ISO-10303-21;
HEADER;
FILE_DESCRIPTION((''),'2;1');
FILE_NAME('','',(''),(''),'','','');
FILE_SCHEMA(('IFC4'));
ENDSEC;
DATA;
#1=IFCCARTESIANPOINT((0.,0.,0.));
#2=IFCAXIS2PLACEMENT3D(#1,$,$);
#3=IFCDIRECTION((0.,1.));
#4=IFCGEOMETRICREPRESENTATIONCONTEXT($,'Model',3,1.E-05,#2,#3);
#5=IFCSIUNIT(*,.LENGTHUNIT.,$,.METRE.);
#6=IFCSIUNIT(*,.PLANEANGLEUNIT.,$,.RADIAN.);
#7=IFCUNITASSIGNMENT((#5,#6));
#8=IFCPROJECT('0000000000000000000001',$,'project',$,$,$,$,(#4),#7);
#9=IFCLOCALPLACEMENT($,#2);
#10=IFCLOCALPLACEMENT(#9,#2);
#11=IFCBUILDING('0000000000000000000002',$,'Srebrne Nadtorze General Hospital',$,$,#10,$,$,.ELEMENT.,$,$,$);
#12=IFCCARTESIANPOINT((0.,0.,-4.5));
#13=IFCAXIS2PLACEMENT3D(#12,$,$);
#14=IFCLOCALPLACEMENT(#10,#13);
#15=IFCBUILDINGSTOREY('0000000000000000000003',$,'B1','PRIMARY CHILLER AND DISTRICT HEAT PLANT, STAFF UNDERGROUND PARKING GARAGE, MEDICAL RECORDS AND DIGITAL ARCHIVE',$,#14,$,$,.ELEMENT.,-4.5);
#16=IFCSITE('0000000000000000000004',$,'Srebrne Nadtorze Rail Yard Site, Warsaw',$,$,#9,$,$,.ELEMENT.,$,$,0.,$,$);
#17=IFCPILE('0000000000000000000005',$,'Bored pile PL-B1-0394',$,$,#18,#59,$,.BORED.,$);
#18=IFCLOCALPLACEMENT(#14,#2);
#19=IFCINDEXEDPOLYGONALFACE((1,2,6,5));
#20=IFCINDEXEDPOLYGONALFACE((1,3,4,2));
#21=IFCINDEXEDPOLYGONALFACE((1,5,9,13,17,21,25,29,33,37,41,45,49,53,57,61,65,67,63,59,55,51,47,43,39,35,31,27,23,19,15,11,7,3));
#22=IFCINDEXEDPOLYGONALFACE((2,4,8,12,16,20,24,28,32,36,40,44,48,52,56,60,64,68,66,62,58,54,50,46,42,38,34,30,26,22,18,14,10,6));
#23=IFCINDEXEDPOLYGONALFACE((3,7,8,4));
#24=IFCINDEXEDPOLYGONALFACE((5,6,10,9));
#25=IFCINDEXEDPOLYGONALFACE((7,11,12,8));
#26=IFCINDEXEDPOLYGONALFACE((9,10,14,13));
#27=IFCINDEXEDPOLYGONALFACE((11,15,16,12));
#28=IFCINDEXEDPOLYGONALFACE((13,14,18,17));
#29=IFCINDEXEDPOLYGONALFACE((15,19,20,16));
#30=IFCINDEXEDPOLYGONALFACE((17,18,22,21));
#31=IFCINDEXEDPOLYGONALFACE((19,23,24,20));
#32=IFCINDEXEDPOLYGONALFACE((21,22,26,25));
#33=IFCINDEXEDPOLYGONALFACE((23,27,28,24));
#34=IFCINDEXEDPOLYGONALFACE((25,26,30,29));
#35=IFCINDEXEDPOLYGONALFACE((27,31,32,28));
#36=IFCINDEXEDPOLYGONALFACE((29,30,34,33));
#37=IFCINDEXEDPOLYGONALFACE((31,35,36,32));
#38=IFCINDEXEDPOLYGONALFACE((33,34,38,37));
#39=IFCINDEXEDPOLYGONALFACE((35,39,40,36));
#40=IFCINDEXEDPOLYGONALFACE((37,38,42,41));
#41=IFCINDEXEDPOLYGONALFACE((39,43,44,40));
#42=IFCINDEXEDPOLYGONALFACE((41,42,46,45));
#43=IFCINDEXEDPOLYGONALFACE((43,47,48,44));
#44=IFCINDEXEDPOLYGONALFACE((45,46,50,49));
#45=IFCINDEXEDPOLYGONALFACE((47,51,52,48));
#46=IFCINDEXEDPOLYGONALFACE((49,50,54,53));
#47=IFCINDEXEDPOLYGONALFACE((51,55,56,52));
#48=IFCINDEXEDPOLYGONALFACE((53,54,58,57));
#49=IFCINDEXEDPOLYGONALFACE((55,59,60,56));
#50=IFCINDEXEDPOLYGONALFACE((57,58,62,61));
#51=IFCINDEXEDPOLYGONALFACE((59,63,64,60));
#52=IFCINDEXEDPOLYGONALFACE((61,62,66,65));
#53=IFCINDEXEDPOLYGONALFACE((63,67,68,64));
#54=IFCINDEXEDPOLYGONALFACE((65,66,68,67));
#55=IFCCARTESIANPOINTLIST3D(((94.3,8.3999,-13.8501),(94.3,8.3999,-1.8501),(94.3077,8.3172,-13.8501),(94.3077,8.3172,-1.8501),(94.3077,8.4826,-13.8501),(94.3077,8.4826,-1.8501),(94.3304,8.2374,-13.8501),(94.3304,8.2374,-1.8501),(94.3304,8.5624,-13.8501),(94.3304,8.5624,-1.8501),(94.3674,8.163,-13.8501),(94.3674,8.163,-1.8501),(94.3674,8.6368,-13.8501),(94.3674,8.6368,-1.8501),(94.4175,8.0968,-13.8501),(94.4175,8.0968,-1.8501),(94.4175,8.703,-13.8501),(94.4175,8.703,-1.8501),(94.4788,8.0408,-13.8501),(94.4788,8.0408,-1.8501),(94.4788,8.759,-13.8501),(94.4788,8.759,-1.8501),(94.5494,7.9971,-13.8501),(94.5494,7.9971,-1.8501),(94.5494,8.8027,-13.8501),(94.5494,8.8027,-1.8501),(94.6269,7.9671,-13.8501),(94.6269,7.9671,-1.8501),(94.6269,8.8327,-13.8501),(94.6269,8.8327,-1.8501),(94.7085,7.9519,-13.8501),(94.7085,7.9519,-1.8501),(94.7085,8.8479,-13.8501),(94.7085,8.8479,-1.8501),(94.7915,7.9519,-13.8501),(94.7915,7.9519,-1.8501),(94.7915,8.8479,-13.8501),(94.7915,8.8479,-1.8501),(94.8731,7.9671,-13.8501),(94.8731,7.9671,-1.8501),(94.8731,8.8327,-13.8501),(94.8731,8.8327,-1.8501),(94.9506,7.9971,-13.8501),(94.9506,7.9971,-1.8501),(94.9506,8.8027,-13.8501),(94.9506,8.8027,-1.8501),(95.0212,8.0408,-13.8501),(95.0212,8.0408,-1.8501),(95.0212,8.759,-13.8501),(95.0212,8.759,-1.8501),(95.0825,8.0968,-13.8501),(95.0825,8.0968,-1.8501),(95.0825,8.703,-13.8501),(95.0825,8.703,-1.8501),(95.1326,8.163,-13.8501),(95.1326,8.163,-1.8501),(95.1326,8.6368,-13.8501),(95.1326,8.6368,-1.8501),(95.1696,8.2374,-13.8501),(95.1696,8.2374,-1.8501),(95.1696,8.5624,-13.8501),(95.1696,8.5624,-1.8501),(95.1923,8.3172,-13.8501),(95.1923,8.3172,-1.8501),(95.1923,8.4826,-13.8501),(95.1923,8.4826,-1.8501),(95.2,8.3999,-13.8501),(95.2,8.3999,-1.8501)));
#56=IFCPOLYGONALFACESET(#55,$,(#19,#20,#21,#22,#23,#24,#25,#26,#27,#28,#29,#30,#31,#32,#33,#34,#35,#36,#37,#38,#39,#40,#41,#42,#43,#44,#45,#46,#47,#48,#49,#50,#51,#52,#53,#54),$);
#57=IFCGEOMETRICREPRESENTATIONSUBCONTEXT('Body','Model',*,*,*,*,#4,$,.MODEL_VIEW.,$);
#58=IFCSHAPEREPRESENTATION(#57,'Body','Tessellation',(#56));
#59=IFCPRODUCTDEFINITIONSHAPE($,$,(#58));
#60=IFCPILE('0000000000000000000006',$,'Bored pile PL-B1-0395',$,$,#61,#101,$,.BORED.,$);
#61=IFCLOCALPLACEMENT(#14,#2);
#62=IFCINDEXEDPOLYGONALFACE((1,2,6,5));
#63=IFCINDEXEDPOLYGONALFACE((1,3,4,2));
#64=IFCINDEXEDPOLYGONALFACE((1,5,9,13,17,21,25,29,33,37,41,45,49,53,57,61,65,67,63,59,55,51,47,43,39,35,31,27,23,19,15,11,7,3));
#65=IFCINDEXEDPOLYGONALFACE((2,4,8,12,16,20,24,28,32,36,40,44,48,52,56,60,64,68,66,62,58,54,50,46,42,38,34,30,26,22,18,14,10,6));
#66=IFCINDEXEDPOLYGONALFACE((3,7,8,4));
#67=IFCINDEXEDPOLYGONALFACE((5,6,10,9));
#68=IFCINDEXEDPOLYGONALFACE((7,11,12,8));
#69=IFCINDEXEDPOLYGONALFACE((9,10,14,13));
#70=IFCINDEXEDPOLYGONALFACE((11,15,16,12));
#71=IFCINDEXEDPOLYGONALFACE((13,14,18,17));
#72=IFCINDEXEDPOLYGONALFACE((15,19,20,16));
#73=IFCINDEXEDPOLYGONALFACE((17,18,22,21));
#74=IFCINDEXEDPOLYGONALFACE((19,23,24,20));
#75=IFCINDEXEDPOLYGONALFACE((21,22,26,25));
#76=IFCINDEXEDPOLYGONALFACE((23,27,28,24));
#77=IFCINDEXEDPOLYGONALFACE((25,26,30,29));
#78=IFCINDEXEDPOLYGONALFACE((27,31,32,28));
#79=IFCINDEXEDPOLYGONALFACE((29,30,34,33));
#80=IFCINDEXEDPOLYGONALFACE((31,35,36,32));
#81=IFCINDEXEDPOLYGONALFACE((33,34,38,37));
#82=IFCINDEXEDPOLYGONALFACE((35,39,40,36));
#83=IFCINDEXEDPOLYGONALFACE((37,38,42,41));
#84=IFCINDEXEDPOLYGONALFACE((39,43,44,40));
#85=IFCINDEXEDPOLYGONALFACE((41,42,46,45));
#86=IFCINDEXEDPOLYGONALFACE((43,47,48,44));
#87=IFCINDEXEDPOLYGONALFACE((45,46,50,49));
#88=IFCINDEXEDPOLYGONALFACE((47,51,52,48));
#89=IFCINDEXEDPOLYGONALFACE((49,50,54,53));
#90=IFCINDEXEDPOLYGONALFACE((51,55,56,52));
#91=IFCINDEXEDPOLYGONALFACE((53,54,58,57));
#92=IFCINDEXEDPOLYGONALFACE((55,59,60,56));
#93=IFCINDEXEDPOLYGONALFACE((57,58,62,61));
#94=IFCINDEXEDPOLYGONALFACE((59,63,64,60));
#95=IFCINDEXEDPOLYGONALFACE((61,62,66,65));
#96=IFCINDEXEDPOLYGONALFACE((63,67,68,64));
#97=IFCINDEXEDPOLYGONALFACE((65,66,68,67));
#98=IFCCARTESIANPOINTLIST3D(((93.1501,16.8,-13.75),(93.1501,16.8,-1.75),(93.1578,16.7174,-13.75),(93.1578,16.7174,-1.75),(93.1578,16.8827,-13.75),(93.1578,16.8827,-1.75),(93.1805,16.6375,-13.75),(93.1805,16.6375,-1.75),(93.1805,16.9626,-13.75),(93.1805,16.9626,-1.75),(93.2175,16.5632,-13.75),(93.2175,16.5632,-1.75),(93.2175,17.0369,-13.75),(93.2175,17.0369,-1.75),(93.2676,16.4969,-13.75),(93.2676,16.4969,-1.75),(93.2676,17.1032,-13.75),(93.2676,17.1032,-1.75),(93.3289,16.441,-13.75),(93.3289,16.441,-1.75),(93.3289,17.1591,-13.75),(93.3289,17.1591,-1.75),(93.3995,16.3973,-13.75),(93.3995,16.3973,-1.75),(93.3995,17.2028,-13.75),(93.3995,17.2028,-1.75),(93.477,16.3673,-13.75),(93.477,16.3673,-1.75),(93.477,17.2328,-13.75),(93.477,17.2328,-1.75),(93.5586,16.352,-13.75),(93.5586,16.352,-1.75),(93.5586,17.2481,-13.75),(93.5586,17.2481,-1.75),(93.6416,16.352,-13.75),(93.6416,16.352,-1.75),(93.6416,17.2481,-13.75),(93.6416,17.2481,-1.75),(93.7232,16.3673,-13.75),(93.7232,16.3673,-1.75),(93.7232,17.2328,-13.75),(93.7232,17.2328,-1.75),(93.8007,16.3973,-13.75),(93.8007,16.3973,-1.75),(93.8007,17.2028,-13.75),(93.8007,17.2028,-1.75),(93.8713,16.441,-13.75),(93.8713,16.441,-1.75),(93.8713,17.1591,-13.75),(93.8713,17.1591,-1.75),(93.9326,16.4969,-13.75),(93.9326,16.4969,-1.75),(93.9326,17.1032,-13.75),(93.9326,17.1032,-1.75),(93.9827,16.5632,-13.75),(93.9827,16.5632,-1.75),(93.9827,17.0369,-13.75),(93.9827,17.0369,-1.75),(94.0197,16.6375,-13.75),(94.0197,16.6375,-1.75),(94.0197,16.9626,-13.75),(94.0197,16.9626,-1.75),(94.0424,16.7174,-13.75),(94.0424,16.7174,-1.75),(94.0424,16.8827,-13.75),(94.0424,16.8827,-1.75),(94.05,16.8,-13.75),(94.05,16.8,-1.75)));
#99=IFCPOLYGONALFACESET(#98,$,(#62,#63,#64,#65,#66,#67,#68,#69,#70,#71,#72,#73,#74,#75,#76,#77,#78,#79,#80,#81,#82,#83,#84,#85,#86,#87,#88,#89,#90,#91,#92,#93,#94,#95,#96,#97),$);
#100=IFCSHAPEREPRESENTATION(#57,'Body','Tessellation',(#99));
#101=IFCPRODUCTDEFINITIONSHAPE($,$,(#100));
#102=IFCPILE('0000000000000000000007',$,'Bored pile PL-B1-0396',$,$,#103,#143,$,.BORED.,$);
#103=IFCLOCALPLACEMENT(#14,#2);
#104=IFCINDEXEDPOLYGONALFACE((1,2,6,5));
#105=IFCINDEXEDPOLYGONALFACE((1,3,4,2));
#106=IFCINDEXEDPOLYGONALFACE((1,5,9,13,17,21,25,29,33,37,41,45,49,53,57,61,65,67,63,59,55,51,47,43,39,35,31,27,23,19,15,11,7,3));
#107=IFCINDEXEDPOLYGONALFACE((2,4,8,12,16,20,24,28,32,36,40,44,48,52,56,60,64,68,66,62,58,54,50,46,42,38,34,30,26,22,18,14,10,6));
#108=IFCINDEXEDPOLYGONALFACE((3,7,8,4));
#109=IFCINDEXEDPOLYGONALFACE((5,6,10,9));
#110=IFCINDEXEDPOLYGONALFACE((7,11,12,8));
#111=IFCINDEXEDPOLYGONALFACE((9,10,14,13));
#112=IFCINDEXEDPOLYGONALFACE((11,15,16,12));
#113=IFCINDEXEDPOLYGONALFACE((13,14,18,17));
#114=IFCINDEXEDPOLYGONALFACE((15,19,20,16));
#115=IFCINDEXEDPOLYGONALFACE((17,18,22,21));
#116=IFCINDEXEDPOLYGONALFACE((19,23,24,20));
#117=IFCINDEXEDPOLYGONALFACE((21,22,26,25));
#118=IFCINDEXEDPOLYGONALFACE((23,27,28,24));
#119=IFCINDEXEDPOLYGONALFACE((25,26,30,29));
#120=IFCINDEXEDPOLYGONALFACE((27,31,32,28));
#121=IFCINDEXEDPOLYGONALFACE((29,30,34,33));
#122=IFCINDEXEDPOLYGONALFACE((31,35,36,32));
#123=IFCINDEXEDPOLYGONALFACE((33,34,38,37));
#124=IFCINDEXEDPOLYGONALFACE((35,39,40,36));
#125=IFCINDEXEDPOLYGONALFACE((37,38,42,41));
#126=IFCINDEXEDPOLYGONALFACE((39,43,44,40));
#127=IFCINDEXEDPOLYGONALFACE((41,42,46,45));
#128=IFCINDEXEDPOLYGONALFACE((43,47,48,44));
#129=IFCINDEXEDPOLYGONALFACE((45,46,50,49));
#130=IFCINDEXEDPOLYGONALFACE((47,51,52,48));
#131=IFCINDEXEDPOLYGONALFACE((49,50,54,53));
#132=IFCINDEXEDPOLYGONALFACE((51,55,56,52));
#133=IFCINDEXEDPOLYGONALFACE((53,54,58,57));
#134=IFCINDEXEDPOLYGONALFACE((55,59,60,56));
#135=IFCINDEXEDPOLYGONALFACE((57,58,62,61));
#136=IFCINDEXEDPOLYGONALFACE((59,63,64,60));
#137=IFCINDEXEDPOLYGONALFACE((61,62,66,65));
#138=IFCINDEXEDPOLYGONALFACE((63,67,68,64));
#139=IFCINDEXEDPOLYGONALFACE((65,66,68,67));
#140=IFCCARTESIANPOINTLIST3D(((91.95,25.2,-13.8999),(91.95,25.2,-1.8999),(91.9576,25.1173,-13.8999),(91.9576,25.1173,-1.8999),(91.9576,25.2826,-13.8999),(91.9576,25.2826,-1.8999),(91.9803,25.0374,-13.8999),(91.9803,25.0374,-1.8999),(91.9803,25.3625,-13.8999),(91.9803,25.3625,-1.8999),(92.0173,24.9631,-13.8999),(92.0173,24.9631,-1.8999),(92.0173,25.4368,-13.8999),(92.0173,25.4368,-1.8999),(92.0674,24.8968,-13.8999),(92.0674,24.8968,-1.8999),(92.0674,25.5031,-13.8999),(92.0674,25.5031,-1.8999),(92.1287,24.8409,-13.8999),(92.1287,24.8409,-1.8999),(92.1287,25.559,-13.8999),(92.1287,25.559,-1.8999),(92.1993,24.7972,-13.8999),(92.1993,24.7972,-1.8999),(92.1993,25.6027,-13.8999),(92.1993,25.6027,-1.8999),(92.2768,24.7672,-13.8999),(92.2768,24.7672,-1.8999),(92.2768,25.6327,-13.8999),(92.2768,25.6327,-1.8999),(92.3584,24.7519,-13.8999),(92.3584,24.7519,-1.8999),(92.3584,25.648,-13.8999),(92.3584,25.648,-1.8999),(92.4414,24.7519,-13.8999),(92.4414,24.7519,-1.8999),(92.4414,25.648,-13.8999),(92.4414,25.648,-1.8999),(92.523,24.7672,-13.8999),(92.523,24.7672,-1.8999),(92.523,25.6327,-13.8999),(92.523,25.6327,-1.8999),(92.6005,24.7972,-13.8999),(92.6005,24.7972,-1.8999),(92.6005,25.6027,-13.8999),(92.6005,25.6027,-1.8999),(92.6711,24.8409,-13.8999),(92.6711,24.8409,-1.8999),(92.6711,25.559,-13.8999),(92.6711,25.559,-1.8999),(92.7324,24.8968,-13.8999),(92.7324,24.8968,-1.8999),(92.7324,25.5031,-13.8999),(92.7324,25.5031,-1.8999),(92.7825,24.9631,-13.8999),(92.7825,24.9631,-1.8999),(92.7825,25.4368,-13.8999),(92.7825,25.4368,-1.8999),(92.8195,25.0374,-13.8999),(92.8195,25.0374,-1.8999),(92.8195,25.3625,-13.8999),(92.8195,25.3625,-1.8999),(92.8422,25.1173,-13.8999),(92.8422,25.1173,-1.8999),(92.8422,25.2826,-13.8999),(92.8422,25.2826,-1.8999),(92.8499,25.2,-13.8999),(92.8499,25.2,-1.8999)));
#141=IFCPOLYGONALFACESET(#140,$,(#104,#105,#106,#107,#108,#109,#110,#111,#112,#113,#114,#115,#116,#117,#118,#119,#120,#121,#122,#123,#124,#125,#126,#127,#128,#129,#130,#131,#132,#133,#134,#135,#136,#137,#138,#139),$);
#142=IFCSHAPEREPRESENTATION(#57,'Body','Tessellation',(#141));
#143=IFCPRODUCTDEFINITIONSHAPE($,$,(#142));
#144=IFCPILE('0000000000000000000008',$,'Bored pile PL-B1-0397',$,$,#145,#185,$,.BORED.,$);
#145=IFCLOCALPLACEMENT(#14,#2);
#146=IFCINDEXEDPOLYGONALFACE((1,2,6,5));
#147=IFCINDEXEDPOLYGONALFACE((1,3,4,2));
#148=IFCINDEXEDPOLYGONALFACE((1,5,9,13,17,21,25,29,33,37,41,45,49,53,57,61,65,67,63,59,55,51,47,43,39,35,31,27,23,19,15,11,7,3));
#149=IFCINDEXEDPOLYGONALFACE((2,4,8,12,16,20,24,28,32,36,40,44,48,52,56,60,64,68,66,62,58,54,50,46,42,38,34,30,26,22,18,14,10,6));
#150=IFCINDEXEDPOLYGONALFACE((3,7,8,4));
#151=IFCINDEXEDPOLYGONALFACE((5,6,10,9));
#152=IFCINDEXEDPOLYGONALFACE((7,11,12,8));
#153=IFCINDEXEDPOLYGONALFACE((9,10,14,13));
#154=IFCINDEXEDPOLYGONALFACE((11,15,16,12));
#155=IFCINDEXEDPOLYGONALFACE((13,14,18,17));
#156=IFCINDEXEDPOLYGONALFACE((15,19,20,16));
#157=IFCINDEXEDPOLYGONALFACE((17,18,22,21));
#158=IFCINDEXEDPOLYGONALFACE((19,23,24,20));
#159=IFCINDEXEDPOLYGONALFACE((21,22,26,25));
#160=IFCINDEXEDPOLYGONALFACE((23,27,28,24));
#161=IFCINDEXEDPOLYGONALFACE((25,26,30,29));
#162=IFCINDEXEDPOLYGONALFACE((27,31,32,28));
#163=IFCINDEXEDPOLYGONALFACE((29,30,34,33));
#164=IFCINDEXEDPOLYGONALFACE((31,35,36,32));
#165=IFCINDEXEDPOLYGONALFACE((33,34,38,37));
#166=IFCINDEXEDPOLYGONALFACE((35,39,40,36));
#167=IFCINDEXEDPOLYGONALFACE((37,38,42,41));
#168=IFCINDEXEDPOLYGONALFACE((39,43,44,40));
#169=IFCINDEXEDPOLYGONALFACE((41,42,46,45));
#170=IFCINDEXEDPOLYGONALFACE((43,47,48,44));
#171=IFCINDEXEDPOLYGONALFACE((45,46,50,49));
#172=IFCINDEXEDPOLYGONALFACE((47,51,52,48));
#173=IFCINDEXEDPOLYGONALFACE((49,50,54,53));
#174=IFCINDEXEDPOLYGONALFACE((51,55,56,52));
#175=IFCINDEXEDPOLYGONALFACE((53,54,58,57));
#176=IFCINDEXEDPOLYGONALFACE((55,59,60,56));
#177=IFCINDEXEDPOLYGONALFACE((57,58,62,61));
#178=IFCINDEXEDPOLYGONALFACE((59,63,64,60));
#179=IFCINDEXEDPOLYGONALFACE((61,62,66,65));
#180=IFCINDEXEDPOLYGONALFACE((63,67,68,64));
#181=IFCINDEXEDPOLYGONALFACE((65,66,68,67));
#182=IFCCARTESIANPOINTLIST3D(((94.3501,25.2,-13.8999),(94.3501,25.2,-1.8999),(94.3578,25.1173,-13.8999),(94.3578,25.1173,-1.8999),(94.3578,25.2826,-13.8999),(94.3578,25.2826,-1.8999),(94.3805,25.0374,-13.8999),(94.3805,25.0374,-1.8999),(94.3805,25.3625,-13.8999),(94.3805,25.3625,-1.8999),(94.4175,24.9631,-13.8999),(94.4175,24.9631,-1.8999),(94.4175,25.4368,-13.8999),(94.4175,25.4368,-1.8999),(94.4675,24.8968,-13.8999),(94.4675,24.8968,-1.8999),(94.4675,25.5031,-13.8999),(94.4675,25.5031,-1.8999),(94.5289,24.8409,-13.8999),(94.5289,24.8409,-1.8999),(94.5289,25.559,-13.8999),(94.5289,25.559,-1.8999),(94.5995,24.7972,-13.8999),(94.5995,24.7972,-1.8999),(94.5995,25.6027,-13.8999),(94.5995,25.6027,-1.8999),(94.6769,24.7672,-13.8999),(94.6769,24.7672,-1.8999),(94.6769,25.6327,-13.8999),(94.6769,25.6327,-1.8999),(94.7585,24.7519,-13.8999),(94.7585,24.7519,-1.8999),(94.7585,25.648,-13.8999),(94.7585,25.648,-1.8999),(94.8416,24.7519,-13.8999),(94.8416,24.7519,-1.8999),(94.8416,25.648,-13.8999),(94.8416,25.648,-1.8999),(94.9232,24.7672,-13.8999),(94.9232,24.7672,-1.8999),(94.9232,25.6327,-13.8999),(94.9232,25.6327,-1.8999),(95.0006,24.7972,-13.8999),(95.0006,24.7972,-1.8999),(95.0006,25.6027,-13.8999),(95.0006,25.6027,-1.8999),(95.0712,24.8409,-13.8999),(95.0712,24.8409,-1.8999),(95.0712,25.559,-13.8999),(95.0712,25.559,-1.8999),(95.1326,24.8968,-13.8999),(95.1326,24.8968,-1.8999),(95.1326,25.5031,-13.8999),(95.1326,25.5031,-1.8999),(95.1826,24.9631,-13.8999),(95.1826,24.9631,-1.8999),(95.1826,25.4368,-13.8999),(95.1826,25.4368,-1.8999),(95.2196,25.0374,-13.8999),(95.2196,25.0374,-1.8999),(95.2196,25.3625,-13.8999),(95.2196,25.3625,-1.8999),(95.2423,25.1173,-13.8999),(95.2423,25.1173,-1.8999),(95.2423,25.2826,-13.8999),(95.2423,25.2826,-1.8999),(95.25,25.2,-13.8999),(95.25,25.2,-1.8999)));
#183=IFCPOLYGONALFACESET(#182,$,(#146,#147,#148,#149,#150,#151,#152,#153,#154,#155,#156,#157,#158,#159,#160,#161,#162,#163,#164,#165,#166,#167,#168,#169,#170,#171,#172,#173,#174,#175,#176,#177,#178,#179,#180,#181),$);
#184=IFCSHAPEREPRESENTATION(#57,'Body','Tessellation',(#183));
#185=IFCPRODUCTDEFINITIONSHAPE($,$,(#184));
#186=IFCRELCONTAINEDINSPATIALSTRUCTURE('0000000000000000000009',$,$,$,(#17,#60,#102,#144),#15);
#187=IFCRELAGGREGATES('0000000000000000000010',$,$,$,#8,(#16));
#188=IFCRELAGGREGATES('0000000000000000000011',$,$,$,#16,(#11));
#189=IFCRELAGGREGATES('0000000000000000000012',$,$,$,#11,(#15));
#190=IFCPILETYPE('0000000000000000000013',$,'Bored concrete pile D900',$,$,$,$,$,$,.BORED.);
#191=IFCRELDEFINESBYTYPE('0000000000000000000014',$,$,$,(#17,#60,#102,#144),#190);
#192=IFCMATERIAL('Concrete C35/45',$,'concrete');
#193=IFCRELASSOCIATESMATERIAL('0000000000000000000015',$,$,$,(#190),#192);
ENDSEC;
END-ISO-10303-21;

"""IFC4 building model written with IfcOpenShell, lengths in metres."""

from ifc_helpers import new_model, si_unit, direction, frame, origin, origin_2d, place, context, subcontext, project, spatial, circle, extrude, material, material_profile, profile_set, type_object, element, save


model = new_model("IFC4")

# Units and contexts
model_context = context("Model", 3, precision=1e-05, world=origin(), true_north=direction((0.0, 1.0)))
body_context = subcontext(model_context, "Body", "Model", "MODEL_VIEW")
ifc_project = project(units=[si_unit("LENGTHUNIT", "METRE"), si_unit("PLANEANGLEUNIT", "RADIAN")], contexts=[model_context])

# Site, building, storey
site_placement = place(None, origin())
site = spatial("IfcSite", under=ifc_project, at=site_placement, Name="Srebrne Nadtorze Rail Yard Site, Warsaw", CompositionType="ELEMENT", RefElevation=0.0)
building_placement = place(site_placement, origin())
building = spatial("IfcBuilding", under=site, at=building_placement, Name="Srebrne Nadtorze General Hospital", CompositionType="ELEMENT")
storey_placement = place(building_placement, frame((0.0, 0.0, -4.5)))
storey = spatial("IfcBuildingStorey", under=building, at=storey_placement, Name="B1", Description="PRIMARY CHILLER AND DISTRICT HEAT PLANT, STAFF UNDERGROUND PARKING GARAGE, MEDICAL RECORDS AND DIGITAL ARCHIVE", CompositionType="ELEMENT", Elevation=-4.5)

# Piles
ifc_material_1 = material(Name="Concrete C35/45", Category="concrete")
ifc_material_profile_1 = material_profile(ifc_material_1, circle(Radius=0.45, at=origin_2d()), Name="PILE-D900")
ifc_profile_set_1 = profile_set([ifc_material_profile_1], Name="Concrete C35/45")
pile_type_1 = type_object("IfcPileType", Name="Bored concrete pile D900", PredefinedType="BORED", material=ifc_profile_set_1)
for number, where, z_axis, x_axis, name in (
    (1, (94.75, 8.3999, -1.8501), (0.0, 0.0, -1.0), (1.0, 0.0, 0.0), "Bored pile PL-B1-0394"),
    (2, (93.6001, 16.8, -1.75), (0.0, 0.0, -1.0), (1.0, 0.0, 0.0), "Bored pile PL-B1-0395"),
    (3, (92.3999, 25.2, -1.8999), (0.0, 0.0, -1.0), (1.0, 0.0, 0.0), "Bored pile PL-B1-0396"),
    (4, (94.8, 25.2, -1.8999), (0.0, 0.0, -1.0), (1.0, 0.0, 0.0), "Bored pile PL-B1-0397"),
):
    element("IfcPile", number, at=place(storey_placement, frame(where, z_axis=z_axis, x_axis=x_axis)), inside=storey, type_object=pile_type_1, Name=name, PredefinedType="BORED", context=body_context, shape_type="SweptSolid", body=[
        extrude(circle(Radius=0.45, at=origin_2d()), origin(), (0.0, 0.0, 1.0), 12.0),
    ])

save(model, "model.ifc")
